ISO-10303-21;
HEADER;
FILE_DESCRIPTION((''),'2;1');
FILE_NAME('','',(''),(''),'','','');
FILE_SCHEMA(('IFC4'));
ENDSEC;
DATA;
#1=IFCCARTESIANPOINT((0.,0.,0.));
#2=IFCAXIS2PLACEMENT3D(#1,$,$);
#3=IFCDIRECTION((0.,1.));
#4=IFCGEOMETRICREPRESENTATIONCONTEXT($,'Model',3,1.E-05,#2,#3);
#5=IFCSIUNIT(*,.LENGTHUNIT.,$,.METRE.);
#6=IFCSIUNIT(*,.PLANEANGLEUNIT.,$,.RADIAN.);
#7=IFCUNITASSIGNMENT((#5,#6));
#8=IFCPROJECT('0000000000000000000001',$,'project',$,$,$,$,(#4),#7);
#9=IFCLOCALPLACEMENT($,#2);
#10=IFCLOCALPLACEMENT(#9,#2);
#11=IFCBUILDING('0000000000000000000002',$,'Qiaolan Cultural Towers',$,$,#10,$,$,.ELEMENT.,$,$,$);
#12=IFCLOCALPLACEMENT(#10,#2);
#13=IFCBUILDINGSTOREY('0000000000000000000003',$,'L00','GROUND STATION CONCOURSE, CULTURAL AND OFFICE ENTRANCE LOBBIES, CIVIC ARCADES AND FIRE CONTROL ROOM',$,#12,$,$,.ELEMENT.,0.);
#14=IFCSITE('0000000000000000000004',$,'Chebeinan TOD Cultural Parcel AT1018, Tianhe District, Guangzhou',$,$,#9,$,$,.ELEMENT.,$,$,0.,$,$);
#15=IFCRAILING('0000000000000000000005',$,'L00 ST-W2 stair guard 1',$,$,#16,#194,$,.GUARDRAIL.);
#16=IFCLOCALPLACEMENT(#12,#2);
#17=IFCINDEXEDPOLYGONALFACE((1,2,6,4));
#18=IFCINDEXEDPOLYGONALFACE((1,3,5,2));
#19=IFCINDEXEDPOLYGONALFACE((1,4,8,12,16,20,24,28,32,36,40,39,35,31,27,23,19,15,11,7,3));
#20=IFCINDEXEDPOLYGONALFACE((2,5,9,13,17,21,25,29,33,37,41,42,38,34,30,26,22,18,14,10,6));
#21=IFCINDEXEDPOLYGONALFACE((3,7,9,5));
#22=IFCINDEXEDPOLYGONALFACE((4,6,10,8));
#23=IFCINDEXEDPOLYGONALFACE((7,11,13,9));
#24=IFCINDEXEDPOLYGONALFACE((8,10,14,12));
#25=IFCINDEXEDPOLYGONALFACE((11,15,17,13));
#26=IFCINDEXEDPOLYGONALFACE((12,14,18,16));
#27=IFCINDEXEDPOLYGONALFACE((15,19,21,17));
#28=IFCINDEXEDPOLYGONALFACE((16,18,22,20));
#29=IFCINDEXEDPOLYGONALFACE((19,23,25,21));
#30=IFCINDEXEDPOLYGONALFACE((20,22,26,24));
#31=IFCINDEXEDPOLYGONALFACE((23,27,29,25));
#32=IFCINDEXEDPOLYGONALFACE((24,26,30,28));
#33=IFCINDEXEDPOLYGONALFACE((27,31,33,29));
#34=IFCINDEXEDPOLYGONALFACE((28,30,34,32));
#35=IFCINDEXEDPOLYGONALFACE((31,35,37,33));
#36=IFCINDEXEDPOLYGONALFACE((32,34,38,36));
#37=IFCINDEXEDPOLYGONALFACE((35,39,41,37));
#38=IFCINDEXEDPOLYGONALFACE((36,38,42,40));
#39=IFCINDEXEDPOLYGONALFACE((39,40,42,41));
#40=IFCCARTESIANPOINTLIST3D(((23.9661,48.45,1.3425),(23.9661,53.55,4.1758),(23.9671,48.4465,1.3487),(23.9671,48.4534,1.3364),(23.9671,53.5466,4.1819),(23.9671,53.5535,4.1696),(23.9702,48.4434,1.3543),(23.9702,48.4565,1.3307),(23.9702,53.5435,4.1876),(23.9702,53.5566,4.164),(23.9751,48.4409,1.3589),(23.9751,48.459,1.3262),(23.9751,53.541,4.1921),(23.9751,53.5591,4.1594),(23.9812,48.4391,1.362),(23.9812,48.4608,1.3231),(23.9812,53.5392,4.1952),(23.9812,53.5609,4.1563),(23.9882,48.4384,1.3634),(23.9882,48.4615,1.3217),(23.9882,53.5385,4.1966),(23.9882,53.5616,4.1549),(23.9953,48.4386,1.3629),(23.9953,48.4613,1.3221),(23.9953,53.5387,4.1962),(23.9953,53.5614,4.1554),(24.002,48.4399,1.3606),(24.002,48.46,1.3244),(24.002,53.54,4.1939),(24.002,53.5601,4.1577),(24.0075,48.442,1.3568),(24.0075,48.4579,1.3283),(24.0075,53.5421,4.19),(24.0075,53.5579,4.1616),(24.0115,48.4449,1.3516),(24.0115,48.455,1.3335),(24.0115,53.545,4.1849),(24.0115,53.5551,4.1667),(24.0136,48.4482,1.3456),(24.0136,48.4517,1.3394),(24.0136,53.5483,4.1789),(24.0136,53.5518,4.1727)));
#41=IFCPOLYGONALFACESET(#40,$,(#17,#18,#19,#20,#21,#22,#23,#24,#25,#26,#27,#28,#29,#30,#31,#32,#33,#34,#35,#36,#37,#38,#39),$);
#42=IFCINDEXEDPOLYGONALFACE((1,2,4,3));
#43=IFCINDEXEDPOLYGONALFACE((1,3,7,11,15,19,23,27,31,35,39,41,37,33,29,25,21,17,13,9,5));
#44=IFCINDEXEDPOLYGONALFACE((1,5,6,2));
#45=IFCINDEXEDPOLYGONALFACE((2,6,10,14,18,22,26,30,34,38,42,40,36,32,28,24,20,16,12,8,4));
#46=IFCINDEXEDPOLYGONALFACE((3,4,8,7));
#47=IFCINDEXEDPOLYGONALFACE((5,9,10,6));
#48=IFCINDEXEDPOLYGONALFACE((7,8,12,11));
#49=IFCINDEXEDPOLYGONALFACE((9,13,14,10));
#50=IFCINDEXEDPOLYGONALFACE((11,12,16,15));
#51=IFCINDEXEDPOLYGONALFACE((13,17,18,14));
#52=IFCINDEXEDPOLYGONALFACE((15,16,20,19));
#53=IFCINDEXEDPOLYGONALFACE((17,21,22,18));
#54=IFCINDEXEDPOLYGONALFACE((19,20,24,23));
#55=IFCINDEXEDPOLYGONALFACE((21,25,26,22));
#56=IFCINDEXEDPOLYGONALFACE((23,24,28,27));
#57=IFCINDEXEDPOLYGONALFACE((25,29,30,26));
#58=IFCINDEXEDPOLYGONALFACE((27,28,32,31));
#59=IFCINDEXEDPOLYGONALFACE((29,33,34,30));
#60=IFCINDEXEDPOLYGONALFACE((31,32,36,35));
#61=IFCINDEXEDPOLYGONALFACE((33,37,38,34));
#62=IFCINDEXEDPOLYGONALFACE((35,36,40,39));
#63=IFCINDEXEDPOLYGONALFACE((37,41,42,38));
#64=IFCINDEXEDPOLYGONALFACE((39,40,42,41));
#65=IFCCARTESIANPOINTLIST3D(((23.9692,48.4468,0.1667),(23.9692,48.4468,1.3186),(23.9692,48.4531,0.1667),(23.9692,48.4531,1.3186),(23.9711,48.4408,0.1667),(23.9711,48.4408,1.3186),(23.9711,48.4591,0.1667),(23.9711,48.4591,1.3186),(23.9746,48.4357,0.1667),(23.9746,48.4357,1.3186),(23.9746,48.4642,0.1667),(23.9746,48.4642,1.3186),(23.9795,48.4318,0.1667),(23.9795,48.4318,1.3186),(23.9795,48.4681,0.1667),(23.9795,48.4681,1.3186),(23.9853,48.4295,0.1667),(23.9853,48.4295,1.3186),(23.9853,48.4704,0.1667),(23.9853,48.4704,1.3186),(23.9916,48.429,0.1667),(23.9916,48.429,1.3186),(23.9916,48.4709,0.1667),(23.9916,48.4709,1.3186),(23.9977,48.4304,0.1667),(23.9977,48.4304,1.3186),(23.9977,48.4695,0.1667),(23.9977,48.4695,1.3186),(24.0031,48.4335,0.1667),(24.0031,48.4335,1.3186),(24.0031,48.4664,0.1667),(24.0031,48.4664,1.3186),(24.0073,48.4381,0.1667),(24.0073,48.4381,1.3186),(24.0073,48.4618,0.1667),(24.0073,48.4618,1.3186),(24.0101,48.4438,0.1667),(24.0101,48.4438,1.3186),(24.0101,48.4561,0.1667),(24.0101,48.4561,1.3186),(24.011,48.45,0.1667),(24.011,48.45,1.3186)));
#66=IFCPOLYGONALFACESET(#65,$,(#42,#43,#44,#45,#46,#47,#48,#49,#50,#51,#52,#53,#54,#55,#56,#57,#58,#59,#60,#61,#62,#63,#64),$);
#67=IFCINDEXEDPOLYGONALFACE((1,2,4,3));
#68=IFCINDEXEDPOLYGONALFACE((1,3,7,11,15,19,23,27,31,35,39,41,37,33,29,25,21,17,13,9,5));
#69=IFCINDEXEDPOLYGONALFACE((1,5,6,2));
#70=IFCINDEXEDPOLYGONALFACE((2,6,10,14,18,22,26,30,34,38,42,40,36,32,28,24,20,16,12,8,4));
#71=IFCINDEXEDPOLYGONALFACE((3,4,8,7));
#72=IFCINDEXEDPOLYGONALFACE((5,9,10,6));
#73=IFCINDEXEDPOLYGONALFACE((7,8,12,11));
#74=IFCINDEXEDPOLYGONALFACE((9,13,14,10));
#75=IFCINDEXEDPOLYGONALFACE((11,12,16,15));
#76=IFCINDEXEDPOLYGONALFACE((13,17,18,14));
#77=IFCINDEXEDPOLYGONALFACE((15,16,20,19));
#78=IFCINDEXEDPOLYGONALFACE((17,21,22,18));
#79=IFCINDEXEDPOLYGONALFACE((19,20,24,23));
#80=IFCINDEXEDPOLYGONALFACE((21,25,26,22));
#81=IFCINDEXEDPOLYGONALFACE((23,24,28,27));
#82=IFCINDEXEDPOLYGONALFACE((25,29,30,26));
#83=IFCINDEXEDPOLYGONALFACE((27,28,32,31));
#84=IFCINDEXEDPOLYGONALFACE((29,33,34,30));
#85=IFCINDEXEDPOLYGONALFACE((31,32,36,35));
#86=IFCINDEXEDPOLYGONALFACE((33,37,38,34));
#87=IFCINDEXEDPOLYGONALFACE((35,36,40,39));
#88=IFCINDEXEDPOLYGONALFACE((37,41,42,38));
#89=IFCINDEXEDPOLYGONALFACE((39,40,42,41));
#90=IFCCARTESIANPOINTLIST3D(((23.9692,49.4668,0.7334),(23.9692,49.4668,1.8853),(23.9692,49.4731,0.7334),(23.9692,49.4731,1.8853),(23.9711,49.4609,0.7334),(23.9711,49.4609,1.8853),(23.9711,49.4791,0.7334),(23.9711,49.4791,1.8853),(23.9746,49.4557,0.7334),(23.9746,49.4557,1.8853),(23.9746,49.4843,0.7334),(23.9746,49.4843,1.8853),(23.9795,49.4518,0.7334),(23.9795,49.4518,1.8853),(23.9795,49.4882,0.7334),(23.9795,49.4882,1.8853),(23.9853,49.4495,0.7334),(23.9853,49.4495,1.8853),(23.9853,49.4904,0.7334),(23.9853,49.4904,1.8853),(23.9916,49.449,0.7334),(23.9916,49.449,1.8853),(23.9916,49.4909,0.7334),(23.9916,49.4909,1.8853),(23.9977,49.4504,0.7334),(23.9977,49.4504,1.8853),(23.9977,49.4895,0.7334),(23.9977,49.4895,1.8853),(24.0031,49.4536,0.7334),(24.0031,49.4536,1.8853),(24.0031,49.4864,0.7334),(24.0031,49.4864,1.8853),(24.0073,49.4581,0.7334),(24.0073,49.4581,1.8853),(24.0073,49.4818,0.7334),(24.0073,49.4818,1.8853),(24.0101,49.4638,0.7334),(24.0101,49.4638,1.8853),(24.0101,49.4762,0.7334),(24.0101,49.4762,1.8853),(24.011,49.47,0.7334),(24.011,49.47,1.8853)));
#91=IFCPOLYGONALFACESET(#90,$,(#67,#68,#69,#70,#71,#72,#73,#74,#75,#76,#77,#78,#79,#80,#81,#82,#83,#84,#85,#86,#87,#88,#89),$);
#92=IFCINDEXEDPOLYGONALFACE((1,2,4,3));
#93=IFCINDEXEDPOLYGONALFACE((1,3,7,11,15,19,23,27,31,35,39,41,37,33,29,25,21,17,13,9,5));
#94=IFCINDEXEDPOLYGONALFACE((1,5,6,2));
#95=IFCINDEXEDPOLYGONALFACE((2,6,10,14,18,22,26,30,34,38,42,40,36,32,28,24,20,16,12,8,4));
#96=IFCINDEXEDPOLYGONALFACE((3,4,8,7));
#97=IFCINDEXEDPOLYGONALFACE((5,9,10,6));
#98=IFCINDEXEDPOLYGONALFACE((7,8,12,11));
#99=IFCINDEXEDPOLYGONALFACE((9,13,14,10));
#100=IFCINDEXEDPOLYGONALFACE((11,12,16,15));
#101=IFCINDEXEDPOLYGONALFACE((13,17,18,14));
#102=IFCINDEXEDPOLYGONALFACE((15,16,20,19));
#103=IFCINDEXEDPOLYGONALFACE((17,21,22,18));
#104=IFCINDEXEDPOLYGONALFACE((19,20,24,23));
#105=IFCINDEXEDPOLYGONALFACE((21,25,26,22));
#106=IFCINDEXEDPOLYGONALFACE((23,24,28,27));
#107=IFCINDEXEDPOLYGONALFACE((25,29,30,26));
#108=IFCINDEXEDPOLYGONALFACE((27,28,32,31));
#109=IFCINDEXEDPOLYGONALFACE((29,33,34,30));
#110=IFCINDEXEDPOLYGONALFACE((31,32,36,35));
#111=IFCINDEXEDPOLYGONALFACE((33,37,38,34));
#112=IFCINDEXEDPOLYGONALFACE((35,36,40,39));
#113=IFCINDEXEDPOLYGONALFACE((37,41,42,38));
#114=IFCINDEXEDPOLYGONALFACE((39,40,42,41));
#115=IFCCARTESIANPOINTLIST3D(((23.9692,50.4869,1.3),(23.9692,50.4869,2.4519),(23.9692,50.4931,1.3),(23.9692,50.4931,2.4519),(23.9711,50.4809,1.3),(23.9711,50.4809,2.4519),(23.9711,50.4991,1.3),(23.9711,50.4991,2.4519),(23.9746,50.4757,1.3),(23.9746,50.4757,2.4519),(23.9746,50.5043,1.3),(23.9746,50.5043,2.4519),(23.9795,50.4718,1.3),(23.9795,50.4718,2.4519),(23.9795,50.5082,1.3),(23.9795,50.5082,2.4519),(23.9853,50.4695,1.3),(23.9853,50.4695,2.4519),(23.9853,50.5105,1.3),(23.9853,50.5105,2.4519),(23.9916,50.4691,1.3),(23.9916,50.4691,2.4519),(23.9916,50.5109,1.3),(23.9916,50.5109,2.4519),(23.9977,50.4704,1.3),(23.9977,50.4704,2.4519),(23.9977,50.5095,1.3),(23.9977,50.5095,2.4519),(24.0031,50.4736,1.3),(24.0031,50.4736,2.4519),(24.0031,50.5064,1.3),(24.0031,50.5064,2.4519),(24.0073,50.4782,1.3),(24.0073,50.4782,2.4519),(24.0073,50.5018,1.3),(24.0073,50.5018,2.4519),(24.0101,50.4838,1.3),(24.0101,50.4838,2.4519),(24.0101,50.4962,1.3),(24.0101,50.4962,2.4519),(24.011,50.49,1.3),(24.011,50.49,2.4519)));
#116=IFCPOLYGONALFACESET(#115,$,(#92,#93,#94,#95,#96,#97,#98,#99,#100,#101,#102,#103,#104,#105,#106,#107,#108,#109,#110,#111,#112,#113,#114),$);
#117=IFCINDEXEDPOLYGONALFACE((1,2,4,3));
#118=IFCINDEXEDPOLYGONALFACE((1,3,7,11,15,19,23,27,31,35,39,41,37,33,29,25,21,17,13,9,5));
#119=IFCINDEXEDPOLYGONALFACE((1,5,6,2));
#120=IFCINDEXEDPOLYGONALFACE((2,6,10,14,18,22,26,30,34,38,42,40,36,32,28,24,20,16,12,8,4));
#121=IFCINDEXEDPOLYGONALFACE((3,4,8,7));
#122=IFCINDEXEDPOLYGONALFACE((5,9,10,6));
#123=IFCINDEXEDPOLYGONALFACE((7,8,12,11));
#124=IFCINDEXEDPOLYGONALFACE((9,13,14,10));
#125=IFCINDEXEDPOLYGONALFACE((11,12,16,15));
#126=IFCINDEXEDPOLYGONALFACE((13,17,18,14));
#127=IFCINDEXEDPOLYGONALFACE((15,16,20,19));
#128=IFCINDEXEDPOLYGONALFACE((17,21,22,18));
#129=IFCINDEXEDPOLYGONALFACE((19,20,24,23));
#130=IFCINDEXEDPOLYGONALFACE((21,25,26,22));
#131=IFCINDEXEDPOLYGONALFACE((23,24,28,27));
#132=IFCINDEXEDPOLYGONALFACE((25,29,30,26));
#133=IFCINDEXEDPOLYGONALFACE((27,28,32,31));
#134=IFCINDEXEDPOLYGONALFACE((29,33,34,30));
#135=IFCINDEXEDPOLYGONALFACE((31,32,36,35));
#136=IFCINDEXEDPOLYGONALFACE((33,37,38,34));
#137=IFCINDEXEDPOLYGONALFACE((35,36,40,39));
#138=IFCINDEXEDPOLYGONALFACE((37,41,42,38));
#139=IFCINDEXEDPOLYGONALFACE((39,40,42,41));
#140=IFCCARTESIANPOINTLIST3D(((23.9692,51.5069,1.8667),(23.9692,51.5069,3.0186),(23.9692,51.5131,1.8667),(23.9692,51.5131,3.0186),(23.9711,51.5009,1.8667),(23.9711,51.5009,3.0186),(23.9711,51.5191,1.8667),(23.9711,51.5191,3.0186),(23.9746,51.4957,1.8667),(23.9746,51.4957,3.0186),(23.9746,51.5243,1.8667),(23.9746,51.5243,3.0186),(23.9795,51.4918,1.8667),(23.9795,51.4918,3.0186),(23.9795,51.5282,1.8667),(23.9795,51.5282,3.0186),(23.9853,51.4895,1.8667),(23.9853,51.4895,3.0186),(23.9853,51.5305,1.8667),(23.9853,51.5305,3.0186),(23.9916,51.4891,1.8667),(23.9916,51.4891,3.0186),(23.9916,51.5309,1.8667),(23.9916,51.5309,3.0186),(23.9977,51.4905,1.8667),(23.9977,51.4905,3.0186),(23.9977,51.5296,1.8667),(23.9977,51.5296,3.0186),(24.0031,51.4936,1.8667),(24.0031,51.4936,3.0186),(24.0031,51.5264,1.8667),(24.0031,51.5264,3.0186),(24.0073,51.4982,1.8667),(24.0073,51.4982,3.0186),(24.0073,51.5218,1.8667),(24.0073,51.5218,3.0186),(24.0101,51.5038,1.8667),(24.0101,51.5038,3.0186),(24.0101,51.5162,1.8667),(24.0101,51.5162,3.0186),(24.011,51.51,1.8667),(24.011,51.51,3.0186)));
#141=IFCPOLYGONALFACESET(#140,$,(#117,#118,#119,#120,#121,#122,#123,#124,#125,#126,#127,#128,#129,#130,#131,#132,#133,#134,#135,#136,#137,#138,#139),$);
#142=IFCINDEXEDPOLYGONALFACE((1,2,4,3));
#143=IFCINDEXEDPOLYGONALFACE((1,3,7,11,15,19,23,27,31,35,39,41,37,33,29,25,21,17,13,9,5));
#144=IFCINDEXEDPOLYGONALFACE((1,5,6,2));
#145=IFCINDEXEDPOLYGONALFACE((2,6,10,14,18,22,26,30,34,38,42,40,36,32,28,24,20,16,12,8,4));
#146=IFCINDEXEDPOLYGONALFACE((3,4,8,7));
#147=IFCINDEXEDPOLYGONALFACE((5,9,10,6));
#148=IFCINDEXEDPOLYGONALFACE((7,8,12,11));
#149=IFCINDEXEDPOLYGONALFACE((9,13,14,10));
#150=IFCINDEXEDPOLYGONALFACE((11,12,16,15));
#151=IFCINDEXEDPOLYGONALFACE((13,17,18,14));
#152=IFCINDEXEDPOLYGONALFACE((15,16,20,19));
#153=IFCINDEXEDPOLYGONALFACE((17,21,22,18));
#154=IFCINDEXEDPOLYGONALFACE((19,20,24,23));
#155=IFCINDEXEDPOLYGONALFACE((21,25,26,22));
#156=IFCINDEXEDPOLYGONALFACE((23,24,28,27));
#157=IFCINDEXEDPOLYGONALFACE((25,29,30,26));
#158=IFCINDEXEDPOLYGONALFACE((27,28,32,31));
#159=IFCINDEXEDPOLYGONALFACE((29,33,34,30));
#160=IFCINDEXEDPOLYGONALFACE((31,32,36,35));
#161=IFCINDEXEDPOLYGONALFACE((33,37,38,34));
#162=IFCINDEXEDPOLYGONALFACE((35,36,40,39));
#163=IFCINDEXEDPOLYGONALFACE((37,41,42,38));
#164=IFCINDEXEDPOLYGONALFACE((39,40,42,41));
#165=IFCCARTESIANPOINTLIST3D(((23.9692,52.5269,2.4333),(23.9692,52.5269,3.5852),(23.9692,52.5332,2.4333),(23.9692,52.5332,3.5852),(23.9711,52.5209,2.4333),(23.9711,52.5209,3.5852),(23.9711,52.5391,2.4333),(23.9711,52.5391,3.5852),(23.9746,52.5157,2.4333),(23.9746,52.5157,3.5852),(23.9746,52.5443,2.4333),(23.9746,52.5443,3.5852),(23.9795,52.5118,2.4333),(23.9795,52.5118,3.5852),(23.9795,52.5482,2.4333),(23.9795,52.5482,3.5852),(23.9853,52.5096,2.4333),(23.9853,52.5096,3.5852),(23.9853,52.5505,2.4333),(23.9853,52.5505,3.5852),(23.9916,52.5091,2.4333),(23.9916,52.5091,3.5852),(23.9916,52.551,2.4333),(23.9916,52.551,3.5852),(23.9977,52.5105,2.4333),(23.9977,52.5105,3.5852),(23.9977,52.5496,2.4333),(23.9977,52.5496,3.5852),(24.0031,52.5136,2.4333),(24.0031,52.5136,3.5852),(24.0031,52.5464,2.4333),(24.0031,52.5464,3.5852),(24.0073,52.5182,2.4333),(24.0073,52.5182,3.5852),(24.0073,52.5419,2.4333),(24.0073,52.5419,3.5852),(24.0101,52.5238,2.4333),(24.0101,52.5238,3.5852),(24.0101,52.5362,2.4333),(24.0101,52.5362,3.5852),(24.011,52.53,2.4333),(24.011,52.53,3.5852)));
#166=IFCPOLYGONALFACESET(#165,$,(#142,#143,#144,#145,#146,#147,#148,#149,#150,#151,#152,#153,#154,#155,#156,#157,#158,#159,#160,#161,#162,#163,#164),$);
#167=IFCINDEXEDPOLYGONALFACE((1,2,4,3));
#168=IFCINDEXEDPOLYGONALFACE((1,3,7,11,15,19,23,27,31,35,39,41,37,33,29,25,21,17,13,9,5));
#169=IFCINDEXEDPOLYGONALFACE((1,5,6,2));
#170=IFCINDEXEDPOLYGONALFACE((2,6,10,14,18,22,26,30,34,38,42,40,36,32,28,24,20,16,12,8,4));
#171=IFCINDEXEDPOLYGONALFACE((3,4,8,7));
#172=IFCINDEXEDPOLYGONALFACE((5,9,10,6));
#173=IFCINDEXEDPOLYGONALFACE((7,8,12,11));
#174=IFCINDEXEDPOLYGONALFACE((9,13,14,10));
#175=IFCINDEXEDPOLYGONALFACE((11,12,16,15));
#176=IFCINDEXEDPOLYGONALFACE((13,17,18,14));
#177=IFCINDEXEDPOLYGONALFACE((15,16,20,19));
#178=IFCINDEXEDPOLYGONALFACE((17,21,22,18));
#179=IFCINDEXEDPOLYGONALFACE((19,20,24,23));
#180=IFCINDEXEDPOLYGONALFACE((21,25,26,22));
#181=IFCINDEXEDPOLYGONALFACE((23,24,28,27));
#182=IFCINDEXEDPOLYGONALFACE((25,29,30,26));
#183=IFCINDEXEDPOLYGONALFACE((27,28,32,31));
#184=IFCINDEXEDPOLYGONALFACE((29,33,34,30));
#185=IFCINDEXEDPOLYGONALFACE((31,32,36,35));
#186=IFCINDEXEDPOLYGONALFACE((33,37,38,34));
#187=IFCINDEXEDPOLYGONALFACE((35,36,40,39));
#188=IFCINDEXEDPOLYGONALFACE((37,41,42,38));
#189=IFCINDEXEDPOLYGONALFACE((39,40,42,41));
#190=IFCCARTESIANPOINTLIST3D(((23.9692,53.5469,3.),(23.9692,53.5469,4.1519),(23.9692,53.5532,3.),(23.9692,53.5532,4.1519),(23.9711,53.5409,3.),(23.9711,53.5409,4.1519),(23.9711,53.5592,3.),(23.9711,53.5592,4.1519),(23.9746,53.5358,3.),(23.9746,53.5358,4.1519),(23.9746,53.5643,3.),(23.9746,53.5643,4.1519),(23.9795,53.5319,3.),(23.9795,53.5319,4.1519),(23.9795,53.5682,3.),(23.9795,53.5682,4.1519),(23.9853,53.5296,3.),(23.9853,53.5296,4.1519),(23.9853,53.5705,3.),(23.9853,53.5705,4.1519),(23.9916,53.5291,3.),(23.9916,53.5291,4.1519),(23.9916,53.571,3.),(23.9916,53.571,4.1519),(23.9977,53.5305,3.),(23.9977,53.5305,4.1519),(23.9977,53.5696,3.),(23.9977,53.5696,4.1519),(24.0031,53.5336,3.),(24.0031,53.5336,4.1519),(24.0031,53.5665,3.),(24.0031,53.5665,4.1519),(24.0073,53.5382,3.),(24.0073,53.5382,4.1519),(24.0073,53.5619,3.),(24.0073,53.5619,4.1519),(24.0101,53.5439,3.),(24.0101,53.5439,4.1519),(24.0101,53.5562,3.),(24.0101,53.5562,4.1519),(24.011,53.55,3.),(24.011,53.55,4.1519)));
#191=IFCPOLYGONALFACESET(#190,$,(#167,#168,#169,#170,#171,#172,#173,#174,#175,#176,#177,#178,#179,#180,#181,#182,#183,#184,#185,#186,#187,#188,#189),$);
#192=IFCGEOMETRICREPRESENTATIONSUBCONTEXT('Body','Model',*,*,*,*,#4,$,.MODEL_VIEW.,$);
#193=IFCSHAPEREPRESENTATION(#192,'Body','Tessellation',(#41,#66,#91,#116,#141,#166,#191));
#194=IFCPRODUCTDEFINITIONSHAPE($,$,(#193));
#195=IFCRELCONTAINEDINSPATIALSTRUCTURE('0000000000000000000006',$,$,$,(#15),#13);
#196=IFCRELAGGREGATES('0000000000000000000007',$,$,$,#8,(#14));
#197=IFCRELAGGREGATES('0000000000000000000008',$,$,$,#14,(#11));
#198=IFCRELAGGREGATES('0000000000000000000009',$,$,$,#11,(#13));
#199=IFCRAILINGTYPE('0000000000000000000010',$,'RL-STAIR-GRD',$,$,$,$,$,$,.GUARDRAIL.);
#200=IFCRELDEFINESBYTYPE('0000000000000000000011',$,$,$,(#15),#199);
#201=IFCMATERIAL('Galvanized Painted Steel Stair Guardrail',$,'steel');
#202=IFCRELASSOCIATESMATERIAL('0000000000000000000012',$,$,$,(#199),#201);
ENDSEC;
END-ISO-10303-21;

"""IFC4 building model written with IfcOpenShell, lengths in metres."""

from ifc_helpers import new_model, si_unit, direction, frame, origin, origin_2d, place, context, subcontext, project, spatial, circle, extrude, material, type_object, element, save


model = new_model("IFC4")

# Units and contexts
model_context = context("Model", 3, precision=1e-05, world=origin(), true_north=direction((0.0, 1.0)))
body_context = subcontext(model_context, "Body", "Model", "MODEL_VIEW")
ifc_project = project(units=[si_unit("LENGTHUNIT", "METRE"), si_unit("PLANEANGLEUNIT", "RADIAN")], contexts=[model_context])

# Site, building, storey
site_placement = place(None, origin())
site = spatial("IfcSite", under=ifc_project, at=site_placement, Name="Chebeinan TOD Cultural Parcel AT1018, Tianhe District, Guangzhou", CompositionType="ELEMENT", RefElevation=0.0)
building_placement = place(site_placement, origin())
building = spatial("IfcBuilding", under=site, at=building_placement, Name="Qiaolan Cultural Towers", CompositionType="ELEMENT")
storey_placement = place(building_placement, origin())
storey = spatial("IfcBuildingStorey", under=building, at=storey_placement, Name="L00", Description="GROUND STATION CONCOURSE, CULTURAL AND OFFICE ENTRANCE LOBBIES, CIVIC ARCADES AND FIRE CONTROL ROOM", CompositionType="ELEMENT", Elevation=0.0)

# Railing
ifc_material_1 = material(Name="Galvanized Painted Steel Stair Guardrail", Category="steel")
railing_type_1 = type_object("IfcRailingType", Name="RL-STAIR-GRD", PredefinedType="GUARDRAIL", material=ifc_material_1)
railing_1_placement = place(storey_placement, frame((23.99, 48.45, 0.1667)))
element("IfcRailing", 1, at=railing_1_placement, inside=storey, type_object=railing_type_1, Name="L00 ST-W2 stair guard 1", PredefinedType="GUARDRAIL", context=body_context, shape_type="SweptSolid", body=[
    extrude(circle(Radius=0.0239, at=origin_2d()), frame((0.0, 0.0, 1.1758), z_axis=(0.0, 0.874167, 0.485625), x_axis=(-1.0, 0.0, 0.0)), (0.0, 0.0, 1.0), 5.8342),
    extrude(circle(Radius=0.021, at=origin_2d()), origin(), (0.0, 0.0, 1.0), 1.1519),
    extrude(circle(Radius=0.021, at=origin_2d()), frame((0.0, 1.02, 0.5667)), (0.0, 0.0, 1.0), 1.1519),
    extrude(circle(Radius=0.021, at=origin_2d()), frame((0.0, 2.04, 1.1333)), (0.0, 0.0, 1.0), 1.1519),
    extrude(circle(Radius=0.021, at=origin_2d()), frame((0.0, 3.0601, 1.7)), (0.0, 0.0, 1.0), 1.1519),
    extrude(circle(Radius=0.021, at=origin_2d()), frame((0.0, 4.0801, 2.2666)), (0.0, 0.0, 1.0), 1.1519),
    extrude(circle(Radius=0.021, at=origin_2d()), frame((0.0, 5.1001, 2.8333)), (0.0, 0.0, 1.0), 1.1519),
])

save(model, "model.ifc")
